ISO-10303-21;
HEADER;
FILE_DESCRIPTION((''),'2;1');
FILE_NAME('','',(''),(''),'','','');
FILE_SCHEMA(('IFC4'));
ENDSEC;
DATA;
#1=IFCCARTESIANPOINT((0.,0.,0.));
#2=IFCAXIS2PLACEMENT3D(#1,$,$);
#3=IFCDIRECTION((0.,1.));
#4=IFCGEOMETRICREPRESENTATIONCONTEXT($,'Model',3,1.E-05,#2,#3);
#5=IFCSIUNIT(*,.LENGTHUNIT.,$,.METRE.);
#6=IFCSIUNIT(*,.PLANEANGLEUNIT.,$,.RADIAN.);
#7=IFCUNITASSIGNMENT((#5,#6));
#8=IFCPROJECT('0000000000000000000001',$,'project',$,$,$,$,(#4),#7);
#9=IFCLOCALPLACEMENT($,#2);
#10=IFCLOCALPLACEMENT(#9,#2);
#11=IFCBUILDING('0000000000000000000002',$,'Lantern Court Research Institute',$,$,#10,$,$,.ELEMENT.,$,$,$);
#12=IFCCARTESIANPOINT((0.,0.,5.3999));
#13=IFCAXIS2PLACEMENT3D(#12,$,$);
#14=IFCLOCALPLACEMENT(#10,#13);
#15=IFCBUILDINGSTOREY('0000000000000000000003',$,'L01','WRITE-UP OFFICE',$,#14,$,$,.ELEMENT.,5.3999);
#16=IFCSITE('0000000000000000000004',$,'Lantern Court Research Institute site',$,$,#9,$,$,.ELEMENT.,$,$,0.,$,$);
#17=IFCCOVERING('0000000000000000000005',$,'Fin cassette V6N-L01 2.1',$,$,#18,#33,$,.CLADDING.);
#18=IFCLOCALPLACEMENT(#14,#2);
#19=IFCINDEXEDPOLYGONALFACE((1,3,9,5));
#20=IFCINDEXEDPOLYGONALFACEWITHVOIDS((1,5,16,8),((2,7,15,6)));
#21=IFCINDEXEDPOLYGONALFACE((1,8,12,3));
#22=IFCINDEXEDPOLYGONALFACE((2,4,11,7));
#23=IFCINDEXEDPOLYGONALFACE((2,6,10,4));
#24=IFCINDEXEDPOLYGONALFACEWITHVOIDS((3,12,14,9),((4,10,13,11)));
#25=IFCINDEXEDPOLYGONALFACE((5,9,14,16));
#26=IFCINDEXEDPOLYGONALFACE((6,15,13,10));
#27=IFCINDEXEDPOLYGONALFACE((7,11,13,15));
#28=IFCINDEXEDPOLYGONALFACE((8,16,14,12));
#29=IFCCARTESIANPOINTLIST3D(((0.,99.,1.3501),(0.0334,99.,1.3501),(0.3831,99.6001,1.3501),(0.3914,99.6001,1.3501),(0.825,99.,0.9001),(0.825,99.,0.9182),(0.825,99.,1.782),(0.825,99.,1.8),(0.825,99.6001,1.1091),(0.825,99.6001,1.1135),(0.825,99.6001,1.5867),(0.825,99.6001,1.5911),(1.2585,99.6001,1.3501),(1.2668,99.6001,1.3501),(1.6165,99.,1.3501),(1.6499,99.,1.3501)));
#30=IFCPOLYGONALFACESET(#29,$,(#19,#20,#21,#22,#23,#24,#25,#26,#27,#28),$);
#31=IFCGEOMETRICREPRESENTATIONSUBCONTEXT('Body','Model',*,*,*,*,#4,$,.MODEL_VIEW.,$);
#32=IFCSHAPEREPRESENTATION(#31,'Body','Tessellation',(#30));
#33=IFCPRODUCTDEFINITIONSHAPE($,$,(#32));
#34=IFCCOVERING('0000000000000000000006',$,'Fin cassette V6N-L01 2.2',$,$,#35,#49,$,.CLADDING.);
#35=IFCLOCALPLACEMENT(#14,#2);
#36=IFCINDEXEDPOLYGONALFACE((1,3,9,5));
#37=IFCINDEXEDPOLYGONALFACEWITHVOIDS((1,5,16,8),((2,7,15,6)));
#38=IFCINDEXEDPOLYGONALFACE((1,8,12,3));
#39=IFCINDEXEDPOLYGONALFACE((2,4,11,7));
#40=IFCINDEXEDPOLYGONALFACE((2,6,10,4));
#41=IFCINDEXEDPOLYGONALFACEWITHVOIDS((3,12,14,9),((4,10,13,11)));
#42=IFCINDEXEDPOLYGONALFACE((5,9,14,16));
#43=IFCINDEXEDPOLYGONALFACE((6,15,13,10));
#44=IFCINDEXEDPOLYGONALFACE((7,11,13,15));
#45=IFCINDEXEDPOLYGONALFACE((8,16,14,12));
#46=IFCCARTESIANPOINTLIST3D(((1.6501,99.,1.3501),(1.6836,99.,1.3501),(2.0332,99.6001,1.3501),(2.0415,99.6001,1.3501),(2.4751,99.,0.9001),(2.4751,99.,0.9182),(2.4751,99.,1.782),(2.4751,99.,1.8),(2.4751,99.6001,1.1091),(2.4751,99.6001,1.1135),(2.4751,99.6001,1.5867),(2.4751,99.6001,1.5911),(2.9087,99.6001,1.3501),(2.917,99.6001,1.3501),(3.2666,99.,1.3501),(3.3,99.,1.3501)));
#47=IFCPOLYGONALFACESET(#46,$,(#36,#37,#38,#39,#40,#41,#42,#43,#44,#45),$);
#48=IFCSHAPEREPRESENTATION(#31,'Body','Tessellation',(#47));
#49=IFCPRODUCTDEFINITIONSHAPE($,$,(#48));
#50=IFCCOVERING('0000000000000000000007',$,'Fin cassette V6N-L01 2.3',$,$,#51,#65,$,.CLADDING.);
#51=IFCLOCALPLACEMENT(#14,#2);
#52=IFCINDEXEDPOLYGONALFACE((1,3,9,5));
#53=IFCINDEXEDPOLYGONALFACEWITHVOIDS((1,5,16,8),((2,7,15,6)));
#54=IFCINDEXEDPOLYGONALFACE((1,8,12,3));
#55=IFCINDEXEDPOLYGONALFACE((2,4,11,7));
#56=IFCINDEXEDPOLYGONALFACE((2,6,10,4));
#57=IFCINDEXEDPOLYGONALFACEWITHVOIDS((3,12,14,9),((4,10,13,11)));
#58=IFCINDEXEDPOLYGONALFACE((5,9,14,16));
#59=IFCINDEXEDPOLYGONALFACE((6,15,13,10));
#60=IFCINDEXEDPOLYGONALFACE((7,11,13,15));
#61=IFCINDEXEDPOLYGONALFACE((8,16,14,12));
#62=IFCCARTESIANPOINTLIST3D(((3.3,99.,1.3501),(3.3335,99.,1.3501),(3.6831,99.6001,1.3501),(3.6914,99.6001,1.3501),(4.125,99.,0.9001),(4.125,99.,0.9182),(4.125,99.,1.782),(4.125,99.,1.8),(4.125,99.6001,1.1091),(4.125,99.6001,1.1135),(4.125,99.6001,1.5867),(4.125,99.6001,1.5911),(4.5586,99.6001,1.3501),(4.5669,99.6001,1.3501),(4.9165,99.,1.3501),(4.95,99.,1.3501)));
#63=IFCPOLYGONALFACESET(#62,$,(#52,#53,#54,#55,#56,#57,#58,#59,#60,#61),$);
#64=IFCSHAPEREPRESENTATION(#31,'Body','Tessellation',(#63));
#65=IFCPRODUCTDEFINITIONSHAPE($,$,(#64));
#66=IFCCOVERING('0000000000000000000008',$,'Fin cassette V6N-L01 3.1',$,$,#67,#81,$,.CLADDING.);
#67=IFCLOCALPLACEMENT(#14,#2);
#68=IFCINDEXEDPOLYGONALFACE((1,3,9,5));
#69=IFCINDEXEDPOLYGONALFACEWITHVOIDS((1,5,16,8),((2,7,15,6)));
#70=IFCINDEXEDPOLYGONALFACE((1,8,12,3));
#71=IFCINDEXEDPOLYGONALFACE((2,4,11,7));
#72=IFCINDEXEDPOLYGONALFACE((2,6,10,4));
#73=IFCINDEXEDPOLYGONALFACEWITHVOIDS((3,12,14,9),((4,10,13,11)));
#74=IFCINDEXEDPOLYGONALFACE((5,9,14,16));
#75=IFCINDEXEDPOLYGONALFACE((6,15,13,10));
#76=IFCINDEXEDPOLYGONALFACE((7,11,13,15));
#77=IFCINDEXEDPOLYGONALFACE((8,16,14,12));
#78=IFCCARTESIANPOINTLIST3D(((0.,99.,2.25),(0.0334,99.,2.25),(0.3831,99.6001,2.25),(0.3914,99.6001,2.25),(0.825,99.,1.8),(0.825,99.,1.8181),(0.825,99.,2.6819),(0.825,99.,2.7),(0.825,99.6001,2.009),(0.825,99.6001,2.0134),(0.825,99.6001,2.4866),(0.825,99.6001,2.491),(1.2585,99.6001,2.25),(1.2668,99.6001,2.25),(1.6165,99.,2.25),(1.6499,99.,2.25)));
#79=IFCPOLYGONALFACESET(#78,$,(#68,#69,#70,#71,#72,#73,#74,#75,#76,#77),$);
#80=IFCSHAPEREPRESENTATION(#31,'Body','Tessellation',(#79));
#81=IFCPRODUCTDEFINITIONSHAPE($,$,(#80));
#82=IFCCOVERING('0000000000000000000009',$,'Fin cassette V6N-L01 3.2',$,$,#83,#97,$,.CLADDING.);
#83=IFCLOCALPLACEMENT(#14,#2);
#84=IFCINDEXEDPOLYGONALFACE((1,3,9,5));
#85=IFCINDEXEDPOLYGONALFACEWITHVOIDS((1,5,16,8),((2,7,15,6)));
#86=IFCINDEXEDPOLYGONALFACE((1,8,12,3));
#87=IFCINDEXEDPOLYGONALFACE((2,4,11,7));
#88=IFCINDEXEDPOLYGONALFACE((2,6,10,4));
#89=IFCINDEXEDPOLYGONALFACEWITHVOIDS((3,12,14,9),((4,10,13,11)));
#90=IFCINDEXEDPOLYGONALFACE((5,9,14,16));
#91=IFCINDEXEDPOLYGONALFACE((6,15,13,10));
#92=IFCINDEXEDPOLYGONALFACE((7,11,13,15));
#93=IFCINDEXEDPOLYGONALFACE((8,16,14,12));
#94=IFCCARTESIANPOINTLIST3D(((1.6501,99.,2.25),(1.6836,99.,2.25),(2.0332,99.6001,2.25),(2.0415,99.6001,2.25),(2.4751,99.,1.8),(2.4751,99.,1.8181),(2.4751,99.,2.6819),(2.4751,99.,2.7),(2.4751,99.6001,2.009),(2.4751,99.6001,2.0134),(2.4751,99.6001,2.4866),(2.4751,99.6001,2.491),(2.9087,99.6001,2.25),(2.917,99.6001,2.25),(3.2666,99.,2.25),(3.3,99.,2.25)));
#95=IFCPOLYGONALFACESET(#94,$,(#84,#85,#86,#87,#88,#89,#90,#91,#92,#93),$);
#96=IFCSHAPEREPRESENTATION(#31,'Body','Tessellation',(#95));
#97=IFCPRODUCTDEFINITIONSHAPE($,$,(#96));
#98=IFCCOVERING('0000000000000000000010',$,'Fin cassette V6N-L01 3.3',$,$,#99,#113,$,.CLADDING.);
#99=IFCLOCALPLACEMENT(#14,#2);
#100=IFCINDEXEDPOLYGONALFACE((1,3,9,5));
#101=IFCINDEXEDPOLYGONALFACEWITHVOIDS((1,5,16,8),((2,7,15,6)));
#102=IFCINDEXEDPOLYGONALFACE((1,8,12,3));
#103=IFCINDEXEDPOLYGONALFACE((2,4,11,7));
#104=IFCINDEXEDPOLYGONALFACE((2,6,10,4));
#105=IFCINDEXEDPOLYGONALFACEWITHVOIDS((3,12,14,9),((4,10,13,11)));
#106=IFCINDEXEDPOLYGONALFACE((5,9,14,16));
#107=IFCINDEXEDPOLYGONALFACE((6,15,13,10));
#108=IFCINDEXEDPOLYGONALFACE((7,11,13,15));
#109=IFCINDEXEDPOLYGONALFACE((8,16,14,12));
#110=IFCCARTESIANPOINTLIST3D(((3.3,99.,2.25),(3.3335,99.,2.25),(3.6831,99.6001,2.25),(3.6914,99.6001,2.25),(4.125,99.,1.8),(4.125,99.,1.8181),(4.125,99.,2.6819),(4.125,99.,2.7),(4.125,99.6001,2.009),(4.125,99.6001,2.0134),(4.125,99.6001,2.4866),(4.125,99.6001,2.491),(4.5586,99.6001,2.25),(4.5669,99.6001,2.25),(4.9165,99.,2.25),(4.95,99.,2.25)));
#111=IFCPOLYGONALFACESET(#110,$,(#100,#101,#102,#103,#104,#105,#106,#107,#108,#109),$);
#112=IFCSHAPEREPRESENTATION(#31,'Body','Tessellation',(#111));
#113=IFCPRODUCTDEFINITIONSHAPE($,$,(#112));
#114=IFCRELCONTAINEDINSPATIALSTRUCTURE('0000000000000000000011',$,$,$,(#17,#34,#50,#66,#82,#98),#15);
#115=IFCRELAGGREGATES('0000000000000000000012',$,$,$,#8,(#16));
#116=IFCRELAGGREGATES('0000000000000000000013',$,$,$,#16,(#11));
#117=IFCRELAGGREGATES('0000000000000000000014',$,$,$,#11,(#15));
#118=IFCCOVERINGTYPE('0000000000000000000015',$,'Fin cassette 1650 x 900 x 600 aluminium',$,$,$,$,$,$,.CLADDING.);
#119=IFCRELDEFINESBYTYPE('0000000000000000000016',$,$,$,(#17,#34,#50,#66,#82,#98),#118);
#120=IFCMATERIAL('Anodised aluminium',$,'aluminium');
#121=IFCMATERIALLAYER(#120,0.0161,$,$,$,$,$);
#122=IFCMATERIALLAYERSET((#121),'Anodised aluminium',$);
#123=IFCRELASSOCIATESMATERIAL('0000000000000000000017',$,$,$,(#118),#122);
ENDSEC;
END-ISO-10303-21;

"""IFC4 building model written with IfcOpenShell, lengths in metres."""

from ifc_helpers import new_model, entity, si_unit, direction, frame, origin, place, context, subcontext, project, spatial, material, layer, layer_set, type_object, element, save


model = new_model("IFC4")

# Units and contexts
model_context = context("Model", 3, precision=1e-05, world=origin(), true_north=direction((0.0, 1.0)))
body_context = subcontext(model_context, "Body", "Model", "MODEL_VIEW")
ifc_project = project(units=[si_unit("LENGTHUNIT", "METRE"), si_unit("PLANEANGLEUNIT", "RADIAN")], contexts=[model_context])

# Site, building, storey
site_placement = place(None, origin())
site = spatial("IfcSite", under=ifc_project, at=site_placement, Name="Lantern Court Research Institute site", CompositionType="ELEMENT", RefElevation=0.0)
building_placement = place(site_placement, origin())
building = spatial("IfcBuilding", under=site, at=building_placement, Name="Lantern Court Research Institute", CompositionType="ELEMENT")
storey_placement = place(building_placement, frame((0.0, 0.0, 5.3999)))
storey = spatial("IfcBuildingStorey", under=building, at=storey_placement, Name="L01", Description="WRITE-UP OFFICE", CompositionType="ELEMENT", Elevation=5.3999)

# Coverings
ifc_material_1 = material(Name="Anodised aluminium", Category="aluminium")
ifc_layer_1 = layer(ifc_material_1, 0.0161)
ifc_layer_set_1 = layer_set([ifc_layer_1], Name="Anodised aluminium")
covering_type = type_object("IfcCoveringType", Name="Fin cassette 1650 x 900 x 600 aluminium", PredefinedType="CLADDING", material=ifc_layer_set_1)
covering_1_placement = place(storey_placement, frame((0.825, 99.0, 1.3501), z_axis=(0.0, 1.0, 0.0), x_axis=(-1.0, 0.0, 0.0)))
cartesian_point_1 = entity("IfcCartesianPoint", [0.825, 0.0])
cartesian_point_2 = entity("IfcCartesianPoint", [0.7915, 0.0])
cartesian_point_3 = entity("IfcCartesianPoint", [0.4419, 0.0])
cartesian_point_4 = entity("IfcCartesianPoint", [0.4336, 0.0])
element("IfcCovering", 1, at=covering_1_placement, inside=storey, type_object=covering_type, Name="Fin cassette V6N-L01 2.1", PredefinedType="CLADDING", context=body_context, shape_type="SweptSolid", body=[
    entity("IfcExtrudedAreaSolidTapered", entity("IfcArbitraryProfileDefWithVoids", "AREA", None, entity("IfcPolyline", [cartesian_point_1, entity("IfcCartesianPoint", [0.0, 0.45]), entity("IfcCartesianPoint", [-0.825, 0.0]), entity("IfcCartesianPoint", [0.0, -0.45]), cartesian_point_1]), [entity("IfcPolyline", [cartesian_point_2, entity("IfcCartesianPoint", [0.0, 0.4319]), entity("IfcCartesianPoint", [-0.7915, 0.0]), entity("IfcCartesianPoint", [0.0, -0.4319]), cartesian_point_2])]), entity("IfcAxis2Placement3D", entity("IfcCartesianPoint", [0.0, 0.0, 0.0])), entity("IfcDirection", [0.0, 0.0, 1.0]), 0.6001, entity("IfcArbitraryProfileDefWithVoids", "AREA", None, entity("IfcPolyline", [cartesian_point_3, entity("IfcCartesianPoint", [0.0, 0.241]), entity("IfcCartesianPoint", [-0.4419, 0.0]), entity("IfcCartesianPoint", [0.0, -0.241]), cartesian_point_3]), [entity("IfcPolyline", [cartesian_point_4, entity("IfcCartesianPoint", [0.0, 0.2366]), entity("IfcCartesianPoint", [-0.4336, 0.0]), entity("IfcCartesianPoint", [0.0, -0.2366]), cartesian_point_4])])),
])
covering_2_placement = place(storey_placement, frame((2.4751, 99.0, 1.3501), z_axis=(0.0, 1.0, 0.0), x_axis=(-1.0, 0.0, 0.0)))
cartesian_point_5 = entity("IfcCartesianPoint", [0.825, 0.0])
cartesian_point_6 = entity("IfcCartesianPoint", [0.7915, 0.0])
cartesian_point_7 = entity("IfcCartesianPoint", [0.4419, 0.0])
cartesian_point_8 = entity("IfcCartesianPoint", [0.4336, 0.0])
element("IfcCovering", 2, at=covering_2_placement, inside=storey, type_object=covering_type, Name="Fin cassette V6N-L01 2.2", PredefinedType="CLADDING", context=body_context, shape_type="SweptSolid", body=[
    entity("IfcExtrudedAreaSolidTapered", entity("IfcArbitraryProfileDefWithVoids", "AREA", None, entity("IfcPolyline", [cartesian_point_5, entity("IfcCartesianPoint", [0.0, 0.45]), entity("IfcCartesianPoint", [-0.825, 0.0]), entity("IfcCartesianPoint", [0.0, -0.45]), cartesian_point_5]), [entity("IfcPolyline", [cartesian_point_6, entity("IfcCartesianPoint", [0.0, 0.4319]), entity("IfcCartesianPoint", [-0.7915, 0.0]), entity("IfcCartesianPoint", [0.0, -0.4319]), cartesian_point_6])]), entity("IfcAxis2Placement3D", entity("IfcCartesianPoint", [0.0, 0.0, 0.0])), entity("IfcDirection", [0.0, 0.0, 1.0]), 0.6001, entity("IfcArbitraryProfileDefWithVoids", "AREA", None, entity("IfcPolyline", [cartesian_point_7, entity("IfcCartesianPoint", [0.0, 0.241]), entity("IfcCartesianPoint", [-0.4419, 0.0]), entity("IfcCartesianPoint", [0.0, -0.241]), cartesian_point_7]), [entity("IfcPolyline", [cartesian_point_8, entity("IfcCartesianPoint", [0.0, 0.2366]), entity("IfcCartesianPoint", [-0.4336, 0.0]), entity("IfcCartesianPoint", [0.0, -0.2366]), cartesian_point_8])])),
])
covering_3_placement = place(storey_placement, frame((4.125, 99.0, 1.3501), z_axis=(0.0, 1.0, 0.0), x_axis=(-1.0, 0.0, 0.0)))
cartesian_point_9 = entity("IfcCartesianPoint", [0.825, 0.0])
cartesian_point_10 = entity("IfcCartesianPoint", [0.7915, 0.0])
cartesian_point_11 = entity("IfcCartesianPoint", [0.4419, 0.0])
cartesian_point_12 = entity("IfcCartesianPoint", [0.4336, 0.0])
element("IfcCovering", 3, at=covering_3_placement, inside=storey, type_object=covering_type, Name="Fin cassette V6N-L01 2.3", PredefinedType="CLADDING", context=body_context, shape_type="SweptSolid", body=[
    entity("IfcExtrudedAreaSolidTapered", entity("IfcArbitraryProfileDefWithVoids", "AREA", None, entity("IfcPolyline", [cartesian_point_9, entity("IfcCartesianPoint", [0.0, 0.45]), entity("IfcCartesianPoint", [-0.825, 0.0]), entity("IfcCartesianPoint", [0.0, -0.45]), cartesian_point_9]), [entity("IfcPolyline", [cartesian_point_10, entity("IfcCartesianPoint", [0.0, 0.4319]), entity("IfcCartesianPoint", [-0.7915, 0.0]), entity("IfcCartesianPoint", [0.0, -0.4319]), cartesian_point_10])]), entity("IfcAxis2Placement3D", entity("IfcCartesianPoint", [0.0, 0.0, 0.0])), entity("IfcDirection", [0.0, 0.0, 1.0]), 0.6001, entity("IfcArbitraryProfileDefWithVoids", "AREA", None, entity("IfcPolyline", [cartesian_point_11, entity("IfcCartesianPoint", [0.0, 0.241]), entity("IfcCartesianPoint", [-0.4419, 0.0]), entity("IfcCartesianPoint", [0.0, -0.241]), cartesian_point_11]), [entity("IfcPolyline", [cartesian_point_12, entity("IfcCartesianPoint", [0.0, 0.2366]), entity("IfcCartesianPoint", [-0.4336, 0.0]), entity("IfcCartesianPoint", [0.0, -0.2366]), cartesian_point_12])])),
])
covering_4_placement = place(storey_placement, frame((0.825, 99.0, 2.25), z_axis=(0.0, 1.0, 0.0), x_axis=(-1.0, 0.0, 0.0)))
cartesian_point_13 = entity("IfcCartesianPoint", [0.825, 0.0])
cartesian_point_14 = entity("IfcCartesianPoint", [0.7915, 0.0])
cartesian_point_15 = entity("IfcCartesianPoint", [0.4419, 0.0])
cartesian_point_16 = entity("IfcCartesianPoint", [0.4336, 0.0])
element("IfcCovering", 4, at=covering_4_placement, inside=storey, type_object=covering_type, Name="Fin cassette V6N-L01 3.1", PredefinedType="CLADDING", context=body_context, shape_type="SweptSolid", body=[
    entity("IfcExtrudedAreaSolidTapered", entity("IfcArbitraryProfileDefWithVoids", "AREA", None, entity("IfcPolyline", [cartesian_point_13, entity("IfcCartesianPoint", [0.0, 0.45]), entity("IfcCartesianPoint", [-0.825, 0.0]), entity("IfcCartesianPoint", [0.0, -0.45]), cartesian_point_13]), [entity("IfcPolyline", [cartesian_point_14, entity("IfcCartesianPoint", [0.0, 0.4319]), entity("IfcCartesianPoint", [-0.7915, 0.0]), entity("IfcCartesianPoint", [0.0, -0.4319]), cartesian_point_14])]), entity("IfcAxis2Placement3D", entity("IfcCartesianPoint", [0.0, 0.0, 0.0])), entity("IfcDirection", [0.0, 0.0, 1.0]), 0.6001, entity("IfcArbitraryProfileDefWithVoids", "AREA", None, entity("IfcPolyline", [cartesian_point_15, entity("IfcCartesianPoint", [0.0, 0.241]), entity("IfcCartesianPoint", [-0.4419, 0.0]), entity("IfcCartesianPoint", [0.0, -0.241]), cartesian_point_15]), [entity("IfcPolyline", [cartesian_point_16, entity("IfcCartesianPoint", [0.0, 0.2366]), entity("IfcCartesianPoint", [-0.4336, 0.0]), entity("IfcCartesianPoint", [0.0, -0.2366]), cartesian_point_16])])),
])
covering_5_placement = place(storey_placement, frame((2.4751, 99.0, 2.25), z_axis=(0.0, 1.0, 0.0), x_axis=(-1.0, 0.0, 0.0)))
cartesian_point_17 = entity("IfcCartesianPoint", [0.825, 0.0])
cartesian_point_18 = entity("IfcCartesianPoint", [0.7915, 0.0])
cartesian_point_19 = entity("IfcCartesianPoint", [0.4419, 0.0])
cartesian_point_20 = entity("IfcCartesianPoint", [0.4336, 0.0])
element("IfcCovering", 5, at=covering_5_placement, inside=storey, type_object=covering_type, Name="Fin cassette V6N-L01 3.2", PredefinedType="CLADDING", context=body_context, shape_type="SweptSolid", body=[
    entity("IfcExtrudedAreaSolidTapered", entity("IfcArbitraryProfileDefWithVoids", "AREA", None, entity("IfcPolyline", [cartesian_point_17, entity("IfcCartesianPoint", [0.0, 0.45]), entity("IfcCartesianPoint", [-0.825, 0.0]), entity("IfcCartesianPoint", [0.0, -0.45]), cartesian_point_17]), [entity("IfcPolyline", [cartesian_point_18, entity("IfcCartesianPoint", [0.0, 0.4319]), entity("IfcCartesianPoint", [-0.7915, 0.0]), entity("IfcCartesianPoint", [0.0, -0.4319]), cartesian_point_18])]), entity("IfcAxis2Placement3D", entity("IfcCartesianPoint", [0.0, 0.0, 0.0])), entity("IfcDirection", [0.0, 0.0, 1.0]), 0.6001, entity("IfcArbitraryProfileDefWithVoids", "AREA", None, entity("IfcPolyline", [cartesian_point_19, entity("IfcCartesianPoint", [0.0, 0.241]), entity("IfcCartesianPoint", [-0.4419, 0.0]), entity("IfcCartesianPoint", [0.0, -0.241]), cartesian_point_19]), [entity("IfcPolyline", [cartesian_point_20, entity("IfcCartesianPoint", [0.0, 0.2366]), entity("IfcCartesianPoint", [-0.4336, 0.0]), entity("IfcCartesianPoint", [0.0, -0.2366]), cartesian_point_20])])),
])
covering_6_placement = place(storey_placement, frame((4.125, 99.0, 2.25), z_axis=(0.0, 1.0, 0.0), x_axis=(-1.0, 0.0, 0.0)))
cartesian_point_21 = entity("IfcCartesianPoint", [0.825, 0.0])
cartesian_point_22 = entity("IfcCartesianPoint", [0.7915, 0.0])
cartesian_point_23 = entity("IfcCartesianPoint", [0.4419, 0.0])
cartesian_point_24 = entity("IfcCartesianPoint", [0.4336, 0.0])
element("IfcCovering", 6, at=covering_6_placement, inside=storey, type_object=covering_type, Name="Fin cassette V6N-L01 3.3", PredefinedType="CLADDING", context=body_context, shape_type="SweptSolid", body=[
    entity("IfcExtrudedAreaSolidTapered", entity("IfcArbitraryProfileDefWithVoids", "AREA", None, entity("IfcPolyline", [cartesian_point_21, entity("IfcCartesianPoint", [0.0, 0.45]), entity("IfcCartesianPoint", [-0.825, 0.0]), entity("IfcCartesianPoint", [0.0, -0.45]), cartesian_point_21]), [entity("IfcPolyline", [cartesian_point_22, entity("IfcCartesianPoint", [0.0, 0.4319]), entity("IfcCartesianPoint", [-0.7915, 0.0]), entity("IfcCartesianPoint", [0.0, -0.4319]), cartesian_point_22])]), entity("IfcAxis2Placement3D", entity("IfcCartesianPoint", [0.0, 0.0, 0.0])), entity("IfcDirection", [0.0, 0.0, 1.0]), 0.6001, entity("IfcArbitraryProfileDefWithVoids", "AREA", None, entity("IfcPolyline", [cartesian_point_23, entity("IfcCartesianPoint", [0.0, 0.241]), entity("IfcCartesianPoint", [-0.4419, 0.0]), entity("IfcCartesianPoint", [0.0, -0.241]), cartesian_point_23]), [entity("IfcPolyline", [cartesian_point_24, entity("IfcCartesianPoint", [0.0, 0.2366]), entity("IfcCartesianPoint", [-0.4336, 0.0]), entity("IfcCartesianPoint", [0.0, -0.2366]), cartesian_point_24])])),
])

save(model, "model.ifc")
